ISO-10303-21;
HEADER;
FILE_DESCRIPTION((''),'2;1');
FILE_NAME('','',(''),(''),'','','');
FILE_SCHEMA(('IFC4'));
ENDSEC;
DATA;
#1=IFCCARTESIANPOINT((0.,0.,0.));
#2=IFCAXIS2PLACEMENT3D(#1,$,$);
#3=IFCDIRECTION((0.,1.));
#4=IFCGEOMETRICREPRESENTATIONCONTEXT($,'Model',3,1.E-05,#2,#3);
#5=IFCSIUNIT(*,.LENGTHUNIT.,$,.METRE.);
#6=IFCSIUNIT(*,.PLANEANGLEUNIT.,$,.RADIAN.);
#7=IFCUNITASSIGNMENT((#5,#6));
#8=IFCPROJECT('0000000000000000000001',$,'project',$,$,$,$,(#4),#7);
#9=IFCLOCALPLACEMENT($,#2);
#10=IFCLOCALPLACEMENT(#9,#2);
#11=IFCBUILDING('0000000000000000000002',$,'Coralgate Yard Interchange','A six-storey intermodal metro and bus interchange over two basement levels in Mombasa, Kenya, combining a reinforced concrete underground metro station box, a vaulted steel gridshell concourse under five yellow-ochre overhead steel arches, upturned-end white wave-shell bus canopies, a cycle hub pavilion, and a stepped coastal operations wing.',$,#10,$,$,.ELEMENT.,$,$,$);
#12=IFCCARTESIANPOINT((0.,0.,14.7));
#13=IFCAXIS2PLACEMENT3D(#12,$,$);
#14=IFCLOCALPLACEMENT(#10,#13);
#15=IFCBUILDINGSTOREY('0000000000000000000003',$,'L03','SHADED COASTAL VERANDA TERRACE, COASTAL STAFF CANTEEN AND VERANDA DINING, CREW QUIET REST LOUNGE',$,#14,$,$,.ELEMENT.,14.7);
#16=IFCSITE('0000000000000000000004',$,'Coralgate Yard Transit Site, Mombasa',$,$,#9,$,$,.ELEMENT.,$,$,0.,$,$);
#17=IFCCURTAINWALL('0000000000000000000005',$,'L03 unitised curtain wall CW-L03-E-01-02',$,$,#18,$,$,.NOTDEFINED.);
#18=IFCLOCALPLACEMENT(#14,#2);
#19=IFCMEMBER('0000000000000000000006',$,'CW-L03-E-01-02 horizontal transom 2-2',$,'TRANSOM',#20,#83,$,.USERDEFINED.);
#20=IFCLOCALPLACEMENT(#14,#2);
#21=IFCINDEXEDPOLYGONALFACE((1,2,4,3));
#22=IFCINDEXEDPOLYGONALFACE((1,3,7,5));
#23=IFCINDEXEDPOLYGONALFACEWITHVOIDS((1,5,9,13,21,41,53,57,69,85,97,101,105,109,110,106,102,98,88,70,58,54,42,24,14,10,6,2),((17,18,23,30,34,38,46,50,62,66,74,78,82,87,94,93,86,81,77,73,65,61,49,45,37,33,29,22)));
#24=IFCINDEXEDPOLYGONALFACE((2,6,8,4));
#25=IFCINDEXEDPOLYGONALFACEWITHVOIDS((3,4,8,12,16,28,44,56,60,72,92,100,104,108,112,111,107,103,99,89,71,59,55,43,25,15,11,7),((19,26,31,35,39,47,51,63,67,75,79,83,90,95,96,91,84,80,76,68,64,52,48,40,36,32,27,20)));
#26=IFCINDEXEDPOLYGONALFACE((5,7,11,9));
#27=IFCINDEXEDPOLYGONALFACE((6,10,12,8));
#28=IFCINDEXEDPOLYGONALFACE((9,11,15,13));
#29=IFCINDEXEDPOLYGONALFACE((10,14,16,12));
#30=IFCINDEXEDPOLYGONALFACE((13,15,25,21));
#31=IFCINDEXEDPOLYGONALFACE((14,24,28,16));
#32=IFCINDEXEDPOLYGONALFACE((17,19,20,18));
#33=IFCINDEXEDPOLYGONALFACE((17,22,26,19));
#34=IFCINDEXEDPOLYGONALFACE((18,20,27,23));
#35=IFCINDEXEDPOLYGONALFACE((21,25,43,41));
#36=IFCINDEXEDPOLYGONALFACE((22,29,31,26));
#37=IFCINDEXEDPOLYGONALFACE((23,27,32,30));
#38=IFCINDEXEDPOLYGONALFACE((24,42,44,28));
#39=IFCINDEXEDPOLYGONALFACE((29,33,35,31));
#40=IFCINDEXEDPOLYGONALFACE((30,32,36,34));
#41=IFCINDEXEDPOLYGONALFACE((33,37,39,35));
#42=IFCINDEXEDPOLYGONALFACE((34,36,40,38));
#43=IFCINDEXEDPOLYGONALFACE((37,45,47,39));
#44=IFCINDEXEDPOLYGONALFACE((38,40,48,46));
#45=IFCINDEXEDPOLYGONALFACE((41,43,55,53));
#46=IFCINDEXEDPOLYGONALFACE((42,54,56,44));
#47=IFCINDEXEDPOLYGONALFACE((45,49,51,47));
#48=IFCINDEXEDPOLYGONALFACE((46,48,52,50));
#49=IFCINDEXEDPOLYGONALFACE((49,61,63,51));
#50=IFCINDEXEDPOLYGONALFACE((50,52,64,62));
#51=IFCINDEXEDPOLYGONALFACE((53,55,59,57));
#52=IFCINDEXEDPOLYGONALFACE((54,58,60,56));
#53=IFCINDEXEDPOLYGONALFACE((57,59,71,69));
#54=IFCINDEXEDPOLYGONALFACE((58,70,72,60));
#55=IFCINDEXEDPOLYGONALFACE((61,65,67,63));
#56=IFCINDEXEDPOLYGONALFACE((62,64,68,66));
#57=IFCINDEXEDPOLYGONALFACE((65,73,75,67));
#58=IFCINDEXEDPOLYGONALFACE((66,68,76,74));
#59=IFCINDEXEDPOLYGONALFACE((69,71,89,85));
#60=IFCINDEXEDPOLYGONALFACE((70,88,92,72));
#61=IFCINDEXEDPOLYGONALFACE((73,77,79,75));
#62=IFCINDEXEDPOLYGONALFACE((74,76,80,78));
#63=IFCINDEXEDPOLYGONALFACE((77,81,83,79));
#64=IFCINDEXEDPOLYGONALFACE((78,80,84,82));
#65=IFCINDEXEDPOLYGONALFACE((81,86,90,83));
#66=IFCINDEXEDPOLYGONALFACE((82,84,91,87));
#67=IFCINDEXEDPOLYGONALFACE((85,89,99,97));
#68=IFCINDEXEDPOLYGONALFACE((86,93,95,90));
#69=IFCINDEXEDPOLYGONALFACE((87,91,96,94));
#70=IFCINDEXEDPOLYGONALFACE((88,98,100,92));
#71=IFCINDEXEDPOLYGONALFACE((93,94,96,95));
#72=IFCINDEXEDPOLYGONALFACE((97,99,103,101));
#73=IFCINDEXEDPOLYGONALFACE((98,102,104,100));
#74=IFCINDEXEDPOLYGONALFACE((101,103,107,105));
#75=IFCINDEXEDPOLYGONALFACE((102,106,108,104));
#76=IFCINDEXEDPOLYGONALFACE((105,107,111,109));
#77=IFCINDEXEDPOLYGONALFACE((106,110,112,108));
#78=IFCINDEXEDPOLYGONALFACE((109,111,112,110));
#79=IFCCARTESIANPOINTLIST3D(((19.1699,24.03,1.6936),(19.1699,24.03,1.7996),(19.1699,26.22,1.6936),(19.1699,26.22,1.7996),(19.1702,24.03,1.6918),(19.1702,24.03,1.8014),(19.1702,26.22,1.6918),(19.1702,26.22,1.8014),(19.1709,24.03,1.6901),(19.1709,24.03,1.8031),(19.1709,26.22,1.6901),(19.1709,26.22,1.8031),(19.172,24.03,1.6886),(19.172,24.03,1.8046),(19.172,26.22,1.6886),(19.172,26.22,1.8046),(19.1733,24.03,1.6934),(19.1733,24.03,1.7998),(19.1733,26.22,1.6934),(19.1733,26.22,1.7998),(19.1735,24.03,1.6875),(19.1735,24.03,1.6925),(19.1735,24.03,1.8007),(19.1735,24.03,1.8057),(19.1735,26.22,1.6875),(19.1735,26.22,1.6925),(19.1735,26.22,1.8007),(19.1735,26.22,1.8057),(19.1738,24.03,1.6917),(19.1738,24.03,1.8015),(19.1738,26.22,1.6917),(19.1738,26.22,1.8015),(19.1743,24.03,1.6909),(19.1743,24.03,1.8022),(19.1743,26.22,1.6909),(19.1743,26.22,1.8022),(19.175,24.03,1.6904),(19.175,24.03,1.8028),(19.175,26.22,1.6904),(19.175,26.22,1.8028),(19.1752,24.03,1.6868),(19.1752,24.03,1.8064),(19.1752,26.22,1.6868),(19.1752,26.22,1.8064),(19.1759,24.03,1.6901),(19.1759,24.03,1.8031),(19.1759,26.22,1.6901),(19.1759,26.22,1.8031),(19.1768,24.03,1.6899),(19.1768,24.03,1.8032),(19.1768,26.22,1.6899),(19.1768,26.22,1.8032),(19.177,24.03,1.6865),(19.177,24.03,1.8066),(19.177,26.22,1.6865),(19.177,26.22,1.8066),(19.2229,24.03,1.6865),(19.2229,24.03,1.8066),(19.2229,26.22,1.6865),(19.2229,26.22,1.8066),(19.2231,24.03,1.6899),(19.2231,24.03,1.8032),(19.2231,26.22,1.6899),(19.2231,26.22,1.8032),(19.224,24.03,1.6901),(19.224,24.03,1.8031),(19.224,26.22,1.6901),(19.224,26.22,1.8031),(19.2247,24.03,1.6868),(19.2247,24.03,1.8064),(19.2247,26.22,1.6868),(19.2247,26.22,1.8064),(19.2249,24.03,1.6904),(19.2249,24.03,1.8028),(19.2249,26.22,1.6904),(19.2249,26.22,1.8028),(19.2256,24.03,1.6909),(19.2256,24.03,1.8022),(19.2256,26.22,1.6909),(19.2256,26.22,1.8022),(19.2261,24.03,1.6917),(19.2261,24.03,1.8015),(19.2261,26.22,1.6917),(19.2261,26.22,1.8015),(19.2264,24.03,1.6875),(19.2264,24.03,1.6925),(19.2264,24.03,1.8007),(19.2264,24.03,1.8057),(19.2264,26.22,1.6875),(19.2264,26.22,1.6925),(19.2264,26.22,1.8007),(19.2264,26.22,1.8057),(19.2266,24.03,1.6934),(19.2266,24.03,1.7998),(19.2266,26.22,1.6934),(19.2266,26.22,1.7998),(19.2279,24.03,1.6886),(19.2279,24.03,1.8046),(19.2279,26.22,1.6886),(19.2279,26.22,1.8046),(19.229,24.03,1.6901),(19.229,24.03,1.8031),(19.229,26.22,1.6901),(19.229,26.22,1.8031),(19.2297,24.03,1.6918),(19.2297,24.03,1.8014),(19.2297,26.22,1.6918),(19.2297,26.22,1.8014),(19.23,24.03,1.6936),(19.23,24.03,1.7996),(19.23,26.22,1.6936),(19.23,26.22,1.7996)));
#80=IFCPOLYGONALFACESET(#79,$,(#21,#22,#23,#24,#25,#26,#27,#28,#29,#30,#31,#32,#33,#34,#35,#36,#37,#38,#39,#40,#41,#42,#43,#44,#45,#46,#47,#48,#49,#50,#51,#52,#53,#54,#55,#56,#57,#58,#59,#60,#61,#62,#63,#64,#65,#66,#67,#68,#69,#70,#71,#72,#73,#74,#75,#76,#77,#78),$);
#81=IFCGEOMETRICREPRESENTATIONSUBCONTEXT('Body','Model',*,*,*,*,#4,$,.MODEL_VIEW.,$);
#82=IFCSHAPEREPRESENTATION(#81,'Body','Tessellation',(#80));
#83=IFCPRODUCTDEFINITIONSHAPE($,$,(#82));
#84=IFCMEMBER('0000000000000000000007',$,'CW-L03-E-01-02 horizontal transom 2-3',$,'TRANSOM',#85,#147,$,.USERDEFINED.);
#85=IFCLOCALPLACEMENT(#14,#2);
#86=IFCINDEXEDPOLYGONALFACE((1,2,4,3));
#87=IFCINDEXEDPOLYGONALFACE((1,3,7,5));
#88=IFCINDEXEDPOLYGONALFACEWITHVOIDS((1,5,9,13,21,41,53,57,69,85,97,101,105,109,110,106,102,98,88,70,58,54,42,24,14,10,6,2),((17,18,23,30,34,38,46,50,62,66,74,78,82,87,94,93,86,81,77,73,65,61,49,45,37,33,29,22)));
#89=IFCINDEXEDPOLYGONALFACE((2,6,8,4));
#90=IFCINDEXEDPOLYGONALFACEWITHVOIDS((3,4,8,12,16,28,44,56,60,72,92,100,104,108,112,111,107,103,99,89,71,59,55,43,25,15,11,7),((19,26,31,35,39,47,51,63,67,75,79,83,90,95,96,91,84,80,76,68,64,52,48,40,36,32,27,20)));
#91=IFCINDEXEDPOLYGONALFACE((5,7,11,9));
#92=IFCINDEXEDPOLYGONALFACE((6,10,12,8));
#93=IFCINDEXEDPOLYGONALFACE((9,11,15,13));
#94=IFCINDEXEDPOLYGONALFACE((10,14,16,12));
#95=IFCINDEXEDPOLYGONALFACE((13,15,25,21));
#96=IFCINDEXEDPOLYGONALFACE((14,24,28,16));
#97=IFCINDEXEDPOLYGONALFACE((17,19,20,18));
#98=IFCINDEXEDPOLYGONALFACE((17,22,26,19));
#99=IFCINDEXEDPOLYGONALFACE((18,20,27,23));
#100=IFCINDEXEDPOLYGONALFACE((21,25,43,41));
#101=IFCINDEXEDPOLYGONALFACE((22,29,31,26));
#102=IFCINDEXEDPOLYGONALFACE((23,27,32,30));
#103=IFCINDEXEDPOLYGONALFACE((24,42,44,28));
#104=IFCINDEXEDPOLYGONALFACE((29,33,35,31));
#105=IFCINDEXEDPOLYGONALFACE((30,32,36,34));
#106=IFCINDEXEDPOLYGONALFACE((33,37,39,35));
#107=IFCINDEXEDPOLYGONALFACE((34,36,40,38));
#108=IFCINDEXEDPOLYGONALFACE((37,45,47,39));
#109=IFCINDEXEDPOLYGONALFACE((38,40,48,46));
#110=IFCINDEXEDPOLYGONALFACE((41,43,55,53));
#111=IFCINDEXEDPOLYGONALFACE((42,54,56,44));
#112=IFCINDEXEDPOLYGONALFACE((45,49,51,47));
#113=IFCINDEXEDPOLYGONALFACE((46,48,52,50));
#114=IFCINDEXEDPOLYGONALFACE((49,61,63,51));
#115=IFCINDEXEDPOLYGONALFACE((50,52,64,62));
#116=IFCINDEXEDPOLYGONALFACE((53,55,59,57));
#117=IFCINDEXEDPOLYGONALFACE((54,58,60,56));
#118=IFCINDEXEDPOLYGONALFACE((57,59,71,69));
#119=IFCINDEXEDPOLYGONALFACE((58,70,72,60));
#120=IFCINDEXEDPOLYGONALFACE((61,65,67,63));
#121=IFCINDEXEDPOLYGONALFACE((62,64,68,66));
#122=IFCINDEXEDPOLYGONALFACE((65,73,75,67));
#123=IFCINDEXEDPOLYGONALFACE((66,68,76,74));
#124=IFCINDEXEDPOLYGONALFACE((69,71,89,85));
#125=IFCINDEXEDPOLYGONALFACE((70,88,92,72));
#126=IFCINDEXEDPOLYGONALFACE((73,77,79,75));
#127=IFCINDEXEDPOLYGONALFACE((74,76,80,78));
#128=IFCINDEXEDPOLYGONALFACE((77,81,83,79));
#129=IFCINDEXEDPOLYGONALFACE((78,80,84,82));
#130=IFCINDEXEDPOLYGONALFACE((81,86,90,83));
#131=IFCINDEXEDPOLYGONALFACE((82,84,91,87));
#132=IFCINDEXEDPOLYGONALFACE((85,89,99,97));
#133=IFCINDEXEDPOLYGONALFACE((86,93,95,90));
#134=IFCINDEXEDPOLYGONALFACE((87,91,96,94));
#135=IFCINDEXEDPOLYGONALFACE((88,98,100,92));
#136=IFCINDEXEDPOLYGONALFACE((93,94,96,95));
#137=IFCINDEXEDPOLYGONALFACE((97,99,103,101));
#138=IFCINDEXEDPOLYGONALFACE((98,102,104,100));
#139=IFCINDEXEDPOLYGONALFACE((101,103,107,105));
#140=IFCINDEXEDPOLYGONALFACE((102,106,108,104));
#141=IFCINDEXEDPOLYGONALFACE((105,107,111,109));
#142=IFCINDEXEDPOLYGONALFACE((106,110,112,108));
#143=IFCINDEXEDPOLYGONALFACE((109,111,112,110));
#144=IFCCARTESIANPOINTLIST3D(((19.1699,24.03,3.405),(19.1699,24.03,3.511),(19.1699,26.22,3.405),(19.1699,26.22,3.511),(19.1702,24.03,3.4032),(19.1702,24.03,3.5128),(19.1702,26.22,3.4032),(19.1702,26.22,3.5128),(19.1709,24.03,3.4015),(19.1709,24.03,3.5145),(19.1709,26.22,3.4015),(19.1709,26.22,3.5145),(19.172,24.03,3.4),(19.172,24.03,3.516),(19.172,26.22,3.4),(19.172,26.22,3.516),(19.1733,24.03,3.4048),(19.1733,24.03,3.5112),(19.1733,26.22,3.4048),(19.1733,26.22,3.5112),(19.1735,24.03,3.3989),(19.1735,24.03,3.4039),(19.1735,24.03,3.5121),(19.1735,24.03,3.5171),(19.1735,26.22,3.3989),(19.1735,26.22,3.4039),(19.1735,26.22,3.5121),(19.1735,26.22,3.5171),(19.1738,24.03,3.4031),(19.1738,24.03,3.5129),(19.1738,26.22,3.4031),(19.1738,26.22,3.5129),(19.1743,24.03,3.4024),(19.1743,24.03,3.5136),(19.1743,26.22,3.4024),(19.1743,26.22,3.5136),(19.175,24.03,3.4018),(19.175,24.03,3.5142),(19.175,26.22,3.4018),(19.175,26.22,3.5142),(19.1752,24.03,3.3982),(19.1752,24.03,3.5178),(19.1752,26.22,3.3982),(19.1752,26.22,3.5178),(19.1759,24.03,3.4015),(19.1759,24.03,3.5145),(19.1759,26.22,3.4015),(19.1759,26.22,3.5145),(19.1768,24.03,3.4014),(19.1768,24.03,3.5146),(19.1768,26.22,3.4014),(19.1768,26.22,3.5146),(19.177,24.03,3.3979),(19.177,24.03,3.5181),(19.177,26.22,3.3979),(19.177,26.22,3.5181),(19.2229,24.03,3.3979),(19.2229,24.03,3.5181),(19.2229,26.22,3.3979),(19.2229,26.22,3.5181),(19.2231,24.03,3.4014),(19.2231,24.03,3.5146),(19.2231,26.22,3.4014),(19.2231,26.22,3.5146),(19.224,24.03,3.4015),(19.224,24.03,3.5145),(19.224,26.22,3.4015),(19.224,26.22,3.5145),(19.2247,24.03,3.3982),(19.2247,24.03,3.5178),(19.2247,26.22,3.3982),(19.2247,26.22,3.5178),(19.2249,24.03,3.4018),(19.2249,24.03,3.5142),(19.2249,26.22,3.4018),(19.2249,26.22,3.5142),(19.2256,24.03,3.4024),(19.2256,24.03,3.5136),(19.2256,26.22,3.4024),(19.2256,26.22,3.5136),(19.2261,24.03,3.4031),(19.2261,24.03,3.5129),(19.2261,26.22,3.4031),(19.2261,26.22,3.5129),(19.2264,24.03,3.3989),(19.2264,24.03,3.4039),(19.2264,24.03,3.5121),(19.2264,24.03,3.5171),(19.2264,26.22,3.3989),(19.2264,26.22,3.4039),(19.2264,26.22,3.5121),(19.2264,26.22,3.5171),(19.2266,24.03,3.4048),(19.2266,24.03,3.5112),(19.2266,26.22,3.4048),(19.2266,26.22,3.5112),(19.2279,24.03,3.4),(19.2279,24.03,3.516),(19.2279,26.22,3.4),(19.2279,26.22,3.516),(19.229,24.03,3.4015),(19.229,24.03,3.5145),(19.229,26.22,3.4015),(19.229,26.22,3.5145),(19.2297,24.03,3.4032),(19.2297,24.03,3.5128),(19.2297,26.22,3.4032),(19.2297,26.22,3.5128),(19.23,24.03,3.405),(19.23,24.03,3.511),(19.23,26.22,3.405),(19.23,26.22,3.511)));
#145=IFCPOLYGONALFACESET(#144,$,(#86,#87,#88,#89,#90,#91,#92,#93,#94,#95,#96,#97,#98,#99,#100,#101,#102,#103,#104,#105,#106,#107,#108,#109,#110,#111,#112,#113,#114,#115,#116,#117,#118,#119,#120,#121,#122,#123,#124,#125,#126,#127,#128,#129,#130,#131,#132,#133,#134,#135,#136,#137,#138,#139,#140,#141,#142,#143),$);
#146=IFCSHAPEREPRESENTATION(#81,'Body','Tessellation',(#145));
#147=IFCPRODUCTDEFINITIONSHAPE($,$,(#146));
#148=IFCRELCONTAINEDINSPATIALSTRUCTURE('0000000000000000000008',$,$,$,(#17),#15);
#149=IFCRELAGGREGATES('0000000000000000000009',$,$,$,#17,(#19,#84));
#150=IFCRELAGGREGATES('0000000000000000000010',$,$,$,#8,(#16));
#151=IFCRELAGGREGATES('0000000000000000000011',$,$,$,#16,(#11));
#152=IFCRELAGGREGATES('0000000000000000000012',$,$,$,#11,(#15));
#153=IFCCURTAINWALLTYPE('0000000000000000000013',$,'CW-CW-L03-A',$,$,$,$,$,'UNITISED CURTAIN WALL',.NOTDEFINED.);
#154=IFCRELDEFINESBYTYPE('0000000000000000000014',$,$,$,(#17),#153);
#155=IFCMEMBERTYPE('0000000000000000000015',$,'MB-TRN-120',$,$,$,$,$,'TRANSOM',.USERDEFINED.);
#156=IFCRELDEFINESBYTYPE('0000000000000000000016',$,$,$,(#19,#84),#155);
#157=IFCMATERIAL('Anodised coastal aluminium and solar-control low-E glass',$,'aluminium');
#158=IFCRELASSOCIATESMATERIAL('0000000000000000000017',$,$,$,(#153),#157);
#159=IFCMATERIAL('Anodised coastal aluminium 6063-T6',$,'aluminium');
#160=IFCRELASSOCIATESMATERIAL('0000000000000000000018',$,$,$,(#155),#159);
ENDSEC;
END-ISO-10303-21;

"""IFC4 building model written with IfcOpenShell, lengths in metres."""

from ifc_helpers import new_model, si_unit, direction, frame, origin, origin_2d, place, context, subcontext, project, spatial, hollow_rectangle, extrude, material, material_profile, profile_set, type_object, element, aggregate, save


model = new_model("IFC4")

# Units and contexts
model_context = context("Model", 3, precision=1e-05, world=origin(), true_north=direction((0.0, 1.0)))
body_context = subcontext(model_context, "Body", "Model", "MODEL_VIEW")
ifc_project = project(units=[si_unit("LENGTHUNIT", "METRE"), si_unit("PLANEANGLEUNIT", "RADIAN")], contexts=[model_context])

# Site, building, storey
site_placement = place(None, origin())
site = spatial("IfcSite", under=ifc_project, at=site_placement, Name="Coralgate Yard Transit Site, Mombasa", CompositionType="ELEMENT", RefElevation=0.0)
building_placement = place(site_placement, origin())
building = spatial("IfcBuilding", under=site, at=building_placement, Name="Coralgate Yard Interchange", Description="A six-storey intermodal metro and bus interchange over two basement levels in Mombasa, Kenya, combining a reinforced concrete underground metro station box, a vaulted steel gridshell concourse under five yellow-ochre overhead steel arches, upturned-end white wave-shell bus canopies, a cycle hub pavilion, and a stepped coastal operations wing.", CompositionType="ELEMENT")
storey_placement = place(building_placement, frame((0.0, 0.0, 14.7)))
storey = spatial("IfcBuildingStorey", under=building, at=storey_placement, Name="L03", Description="SHADED COASTAL VERANDA TERRACE, COASTAL STAFF CANTEEN AND VERANDA DINING, CREW QUIET REST LOUNGE", CompositionType="ELEMENT", Elevation=14.7)

# Curtain wall, members
ifc_material_1 = material(Name="Anodised coastal aluminium and solar-control low-E glass", Category="aluminium")
curtain_wall_type = type_object("IfcCurtainWallType", Name="CW-CW-L03-A", ElementType="UNITISED CURTAIN WALL", PredefinedType="NOTDEFINED", material=ifc_material_1)
curtain_wall_placement = place(storey_placement, origin())
curtain_wall = element("IfcCurtainWall", 1, at=curtain_wall_placement, inside=storey, type_object=curtain_wall_type, Name="L03 unitised curtain wall CW-L03-E-01-02", PredefinedType="NOTDEFINED")
ifc_material_2 = material(Name="Anodised coastal aluminium 6063-T6", Category="aluminium")
ifc_material_profile_1 = material_profile(ifc_material_2, hollow_rectangle(XDim=0.0601, YDim=0.1201, WallThickness=0.0034, InnerFilletRadius=0.0034, OuterFilletRadius=0.0071, at=origin_2d()), Name="ALU 60x120x3.5")
ifc_profile_set_1 = profile_set([ifc_material_profile_1], Name="Anodised coastal aluminium 6063-T6")
member_type_1 = type_object("IfcMemberType", Name="MB-TRN-120", ElementType="TRANSOM", PredefinedType="USERDEFINED", material=ifc_profile_set_1)
member_1_placement = place(storey_placement, frame((19.2, 26.22, 1.7466), z_axis=(0.0, -1.0, 0.0), x_axis=(1.0, 0.0, 0.0)))
member_1 = element("IfcMember", 2, at=member_1_placement, type_object=member_type_1, Name="CW-L03-E-01-02 horizontal transom 2-2", ObjectType="TRANSOM", PredefinedType="USERDEFINED", context=body_context, shape_type="SweptSolid", body=[
    extrude(hollow_rectangle(XDim=0.0601, YDim=0.1201, WallThickness=0.0034, InnerFilletRadius=0.0034, OuterFilletRadius=0.0071, at=origin_2d()), origin(), (0.0, 0.0, 1.0), 2.1899),
])
member_2_placement = place(storey_placement, frame((19.2, 26.22, 3.458), z_axis=(0.0, -1.0, 0.0), x_axis=(1.0, 0.0, 0.0)))
member_2 = element("IfcMember", 3, at=member_2_placement, type_object=member_type_1, Name="CW-L03-E-01-02 horizontal transom 2-3", ObjectType="TRANSOM", PredefinedType="USERDEFINED", context=body_context, shape_type="SweptSolid", body=[
    extrude(hollow_rectangle(XDim=0.0601, YDim=0.1201, WallThickness=0.0034, InnerFilletRadius=0.0034, OuterFilletRadius=0.0071, at=origin_2d()), origin(), (0.0, 0.0, 1.0), 2.1899),
])
aggregate(curtain_wall, [member_1, member_2])

save(model, "model.ifc")
